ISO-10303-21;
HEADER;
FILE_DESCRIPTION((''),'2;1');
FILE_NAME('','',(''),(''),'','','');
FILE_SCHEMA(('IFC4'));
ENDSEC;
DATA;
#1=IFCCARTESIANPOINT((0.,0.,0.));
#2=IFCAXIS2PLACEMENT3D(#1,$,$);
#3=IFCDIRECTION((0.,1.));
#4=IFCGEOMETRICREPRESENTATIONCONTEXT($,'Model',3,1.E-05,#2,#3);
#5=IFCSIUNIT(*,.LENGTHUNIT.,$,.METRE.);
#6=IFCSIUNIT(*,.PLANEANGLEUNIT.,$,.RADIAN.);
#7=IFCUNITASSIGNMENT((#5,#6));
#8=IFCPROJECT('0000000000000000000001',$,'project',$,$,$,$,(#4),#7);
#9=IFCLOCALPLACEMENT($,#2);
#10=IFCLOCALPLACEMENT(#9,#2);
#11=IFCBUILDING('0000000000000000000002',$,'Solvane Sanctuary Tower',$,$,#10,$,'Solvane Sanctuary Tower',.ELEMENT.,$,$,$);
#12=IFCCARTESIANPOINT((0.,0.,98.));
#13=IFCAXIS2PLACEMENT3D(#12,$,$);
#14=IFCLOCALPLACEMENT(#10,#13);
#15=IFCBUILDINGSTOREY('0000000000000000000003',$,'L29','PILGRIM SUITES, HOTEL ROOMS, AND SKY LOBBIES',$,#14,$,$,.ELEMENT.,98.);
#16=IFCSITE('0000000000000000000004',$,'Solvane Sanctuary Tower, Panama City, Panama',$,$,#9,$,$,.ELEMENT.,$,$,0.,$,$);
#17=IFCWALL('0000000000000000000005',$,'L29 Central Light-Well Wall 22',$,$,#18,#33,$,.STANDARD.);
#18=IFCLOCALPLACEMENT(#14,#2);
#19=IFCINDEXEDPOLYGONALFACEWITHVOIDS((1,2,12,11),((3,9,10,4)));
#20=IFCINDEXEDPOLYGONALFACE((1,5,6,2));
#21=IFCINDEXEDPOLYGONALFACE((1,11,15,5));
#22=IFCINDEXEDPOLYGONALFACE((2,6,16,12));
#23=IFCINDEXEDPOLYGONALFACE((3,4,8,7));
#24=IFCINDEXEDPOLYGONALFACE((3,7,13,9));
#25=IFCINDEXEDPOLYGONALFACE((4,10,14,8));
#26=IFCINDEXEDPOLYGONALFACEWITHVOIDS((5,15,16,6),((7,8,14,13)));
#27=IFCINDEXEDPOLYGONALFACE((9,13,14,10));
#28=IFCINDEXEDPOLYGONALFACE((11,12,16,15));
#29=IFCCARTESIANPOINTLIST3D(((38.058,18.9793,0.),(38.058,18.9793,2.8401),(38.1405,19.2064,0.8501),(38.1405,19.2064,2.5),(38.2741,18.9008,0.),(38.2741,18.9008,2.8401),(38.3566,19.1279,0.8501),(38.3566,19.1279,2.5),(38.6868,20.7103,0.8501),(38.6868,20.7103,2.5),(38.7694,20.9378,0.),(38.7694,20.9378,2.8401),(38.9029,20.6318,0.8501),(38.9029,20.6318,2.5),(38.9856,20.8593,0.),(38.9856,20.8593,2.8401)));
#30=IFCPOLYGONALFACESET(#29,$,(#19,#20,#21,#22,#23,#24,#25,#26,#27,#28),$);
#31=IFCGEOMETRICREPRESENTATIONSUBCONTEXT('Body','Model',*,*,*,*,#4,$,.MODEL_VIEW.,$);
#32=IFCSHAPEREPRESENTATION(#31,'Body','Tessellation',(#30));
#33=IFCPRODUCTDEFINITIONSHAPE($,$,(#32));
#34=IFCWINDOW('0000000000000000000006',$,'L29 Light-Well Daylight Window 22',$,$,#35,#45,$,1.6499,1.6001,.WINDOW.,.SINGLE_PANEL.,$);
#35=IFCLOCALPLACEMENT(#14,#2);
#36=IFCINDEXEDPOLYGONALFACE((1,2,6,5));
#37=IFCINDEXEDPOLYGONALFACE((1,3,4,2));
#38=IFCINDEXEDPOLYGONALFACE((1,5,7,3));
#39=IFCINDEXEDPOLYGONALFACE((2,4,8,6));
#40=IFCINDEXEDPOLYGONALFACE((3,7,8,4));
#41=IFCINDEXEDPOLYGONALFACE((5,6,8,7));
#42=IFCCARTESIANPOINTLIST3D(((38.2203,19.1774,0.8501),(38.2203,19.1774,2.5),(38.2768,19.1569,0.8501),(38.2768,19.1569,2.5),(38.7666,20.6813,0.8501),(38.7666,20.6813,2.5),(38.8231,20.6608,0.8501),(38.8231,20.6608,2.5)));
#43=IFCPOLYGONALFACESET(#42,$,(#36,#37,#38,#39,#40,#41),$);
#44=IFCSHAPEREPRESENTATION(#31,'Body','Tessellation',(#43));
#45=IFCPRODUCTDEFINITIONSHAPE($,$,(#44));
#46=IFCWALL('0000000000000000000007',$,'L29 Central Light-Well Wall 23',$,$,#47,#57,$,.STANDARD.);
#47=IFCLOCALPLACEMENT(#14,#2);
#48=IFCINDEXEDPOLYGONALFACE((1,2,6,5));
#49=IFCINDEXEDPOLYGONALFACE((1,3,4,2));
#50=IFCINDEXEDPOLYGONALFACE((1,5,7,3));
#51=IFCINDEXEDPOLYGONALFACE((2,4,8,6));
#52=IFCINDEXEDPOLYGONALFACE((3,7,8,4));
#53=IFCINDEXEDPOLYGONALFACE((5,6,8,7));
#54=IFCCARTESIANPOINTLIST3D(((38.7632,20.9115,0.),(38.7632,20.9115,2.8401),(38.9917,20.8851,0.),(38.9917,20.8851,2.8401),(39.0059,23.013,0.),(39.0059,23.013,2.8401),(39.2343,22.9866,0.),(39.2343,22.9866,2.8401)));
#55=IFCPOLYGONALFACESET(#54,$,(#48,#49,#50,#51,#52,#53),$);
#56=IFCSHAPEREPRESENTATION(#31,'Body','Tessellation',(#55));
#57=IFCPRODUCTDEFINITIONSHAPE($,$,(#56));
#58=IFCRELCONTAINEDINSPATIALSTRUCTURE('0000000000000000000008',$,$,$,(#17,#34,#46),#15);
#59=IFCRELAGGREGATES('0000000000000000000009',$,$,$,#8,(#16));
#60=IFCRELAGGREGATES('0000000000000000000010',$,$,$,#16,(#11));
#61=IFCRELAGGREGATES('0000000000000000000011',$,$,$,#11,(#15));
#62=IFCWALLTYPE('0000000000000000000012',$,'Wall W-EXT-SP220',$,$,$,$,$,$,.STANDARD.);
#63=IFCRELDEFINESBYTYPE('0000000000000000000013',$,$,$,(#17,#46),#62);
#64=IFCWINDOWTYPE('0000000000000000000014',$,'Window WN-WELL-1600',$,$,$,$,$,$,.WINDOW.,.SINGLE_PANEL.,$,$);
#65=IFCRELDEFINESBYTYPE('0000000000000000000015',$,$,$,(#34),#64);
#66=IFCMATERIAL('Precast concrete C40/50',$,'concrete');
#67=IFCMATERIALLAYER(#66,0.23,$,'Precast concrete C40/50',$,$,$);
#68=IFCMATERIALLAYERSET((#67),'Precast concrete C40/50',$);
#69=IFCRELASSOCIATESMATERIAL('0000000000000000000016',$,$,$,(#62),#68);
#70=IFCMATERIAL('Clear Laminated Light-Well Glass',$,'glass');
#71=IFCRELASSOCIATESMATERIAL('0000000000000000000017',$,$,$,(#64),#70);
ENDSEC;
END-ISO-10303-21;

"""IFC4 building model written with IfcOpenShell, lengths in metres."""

from ifc_helpers import new_model, si_unit, direction, frame, frame_2d, origin, place, context, subcontext, project, spatial, rectangle, extrude, material, layer, layer_set, type_object, element, fill, save


model = new_model("IFC4")

# Units and contexts
model_context = context("Model", 3, precision=1e-05, world=origin(), true_north=direction((0.0, 1.0)))
body_context = subcontext(model_context, "Body", "Model", "MODEL_VIEW")
ifc_project = project(units=[si_unit("LENGTHUNIT", "METRE"), si_unit("PLANEANGLEUNIT", "RADIAN")], contexts=[model_context])

# Site, building, storey
site_placement = place(None, origin())
site = spatial("IfcSite", under=ifc_project, at=site_placement, Name="Solvane Sanctuary Tower, Panama City, Panama", CompositionType="ELEMENT", RefElevation=0.0)
building_placement = place(site_placement, origin())
building = spatial("IfcBuilding", under=site, at=building_placement, Name="Solvane Sanctuary Tower", LongName="Solvane Sanctuary Tower", CompositionType="ELEMENT")
storey_placement = place(building_placement, frame((0.0, 0.0, 98.0)))
storey = spatial("IfcBuildingStorey", under=building, at=storey_placement, Name="L29", Description="PILGRIM SUITES, HOTEL ROOMS, AND SKY LOBBIES", CompositionType="ELEMENT", Elevation=98.0)

# Shared definitions
ifc_material_1 = material(Name="Precast concrete C40/50", Category="concrete")
ifc_layer_1 = layer(ifc_material_1, 0.23, Name="Precast concrete C40/50")
ifc_layer_set_1 = layer_set([ifc_layer_1], Name="Precast concrete C40/50")
wall_type_1 = type_object("IfcWallType", Name="Wall W-EXT-SP220", PredefinedType="STANDARD", material=ifc_layer_set_1)

# Wall, opening, window
wall_1_placement = place(storey_placement, frame((38.166, 18.9399, 0.0), z_axis=(0.0, 0.0, 1.0), x_axis=(0.341423, 0.93991, 0.0)))
wall_1 = element("IfcWall", 1, at=wall_1_placement, inside=storey, type_object=wall_type_1, Name="L29 Central Light-Well Wall 22", PredefinedType="STANDARD", context=body_context, shape_type="SweptSolid", body=[
    extrude(rectangle(XDim=2.0837, YDim=0.23, at=frame_2d((1.042, 0.0))), origin(), (0.0, 0.0, 1.0), 2.8401),
])
opening_placement = place(wall_1_placement, frame((0.2417, 0.0, 0.8501)))
opening = element("IfcOpeningElement", 2, at=opening_placement, cuts=wall_1, PredefinedType="OPENING", context=body_context, shape_type="SweptSolid", body=[
    extrude(rectangle(XDim=1.6001, YDim=1.6499, at=frame_2d((0.8, 0.825))), frame((0.0, 0.125, 0.0), z_axis=(0.0, -1.0, 0.0), x_axis=(1.0, 0.0, 0.0)), (0.0, 0.0, 1.0), 0.25),
])
ifc_material_2 = material(Name="Clear Laminated Light-Well Glass", Category="glass")
window_type = type_object("IfcWindowType", Name="Window WN-WELL-1600", PartitioningType="SINGLE_PANEL", PredefinedType="WINDOW", material=ifc_material_2)
window_placement = place(opening_placement, origin())
window = element("IfcWindow", 3, at=window_placement, inside=storey, type_object=window_type, Name="L29 Light-Well Daylight Window 22", OverallHeight=1.6499, OverallWidth=1.6001, PartitioningType="SINGLE_PANEL", PredefinedType="WINDOW", context=body_context, shape_type="SweptSolid", body=[
    extrude(rectangle(XDim=1.6001, YDim=1.6499, at=frame_2d((0.8, 0.825))), frame((0.0, 0.03, 0.0), z_axis=(0.0, -1.0, 0.0), x_axis=(1.0, 0.0, 0.0)), (0.0, 0.0, 1.0), 0.0601),
])
fill(opening, window)

# Wall
wall_2_placement = place(storey_placement, frame((38.8774, 20.8984, 0.0), z_axis=(0.0, 0.0, 1.0), x_axis=(0.114712, 0.993399, 0.0)))
element("IfcWall", 4, at=wall_2_placement, inside=storey, type_object=wall_type_1, Name="L29 Central Light-Well Wall 23", PredefinedType="STANDARD", context=body_context, shape_type="SweptSolid", body=[
    extrude(rectangle(XDim=2.1155, YDim=0.23, at=frame_2d((1.0576, 0.0))), origin(), (0.0, 0.0, 1.0), 2.8401),
])

save(model, "model.ifc")
